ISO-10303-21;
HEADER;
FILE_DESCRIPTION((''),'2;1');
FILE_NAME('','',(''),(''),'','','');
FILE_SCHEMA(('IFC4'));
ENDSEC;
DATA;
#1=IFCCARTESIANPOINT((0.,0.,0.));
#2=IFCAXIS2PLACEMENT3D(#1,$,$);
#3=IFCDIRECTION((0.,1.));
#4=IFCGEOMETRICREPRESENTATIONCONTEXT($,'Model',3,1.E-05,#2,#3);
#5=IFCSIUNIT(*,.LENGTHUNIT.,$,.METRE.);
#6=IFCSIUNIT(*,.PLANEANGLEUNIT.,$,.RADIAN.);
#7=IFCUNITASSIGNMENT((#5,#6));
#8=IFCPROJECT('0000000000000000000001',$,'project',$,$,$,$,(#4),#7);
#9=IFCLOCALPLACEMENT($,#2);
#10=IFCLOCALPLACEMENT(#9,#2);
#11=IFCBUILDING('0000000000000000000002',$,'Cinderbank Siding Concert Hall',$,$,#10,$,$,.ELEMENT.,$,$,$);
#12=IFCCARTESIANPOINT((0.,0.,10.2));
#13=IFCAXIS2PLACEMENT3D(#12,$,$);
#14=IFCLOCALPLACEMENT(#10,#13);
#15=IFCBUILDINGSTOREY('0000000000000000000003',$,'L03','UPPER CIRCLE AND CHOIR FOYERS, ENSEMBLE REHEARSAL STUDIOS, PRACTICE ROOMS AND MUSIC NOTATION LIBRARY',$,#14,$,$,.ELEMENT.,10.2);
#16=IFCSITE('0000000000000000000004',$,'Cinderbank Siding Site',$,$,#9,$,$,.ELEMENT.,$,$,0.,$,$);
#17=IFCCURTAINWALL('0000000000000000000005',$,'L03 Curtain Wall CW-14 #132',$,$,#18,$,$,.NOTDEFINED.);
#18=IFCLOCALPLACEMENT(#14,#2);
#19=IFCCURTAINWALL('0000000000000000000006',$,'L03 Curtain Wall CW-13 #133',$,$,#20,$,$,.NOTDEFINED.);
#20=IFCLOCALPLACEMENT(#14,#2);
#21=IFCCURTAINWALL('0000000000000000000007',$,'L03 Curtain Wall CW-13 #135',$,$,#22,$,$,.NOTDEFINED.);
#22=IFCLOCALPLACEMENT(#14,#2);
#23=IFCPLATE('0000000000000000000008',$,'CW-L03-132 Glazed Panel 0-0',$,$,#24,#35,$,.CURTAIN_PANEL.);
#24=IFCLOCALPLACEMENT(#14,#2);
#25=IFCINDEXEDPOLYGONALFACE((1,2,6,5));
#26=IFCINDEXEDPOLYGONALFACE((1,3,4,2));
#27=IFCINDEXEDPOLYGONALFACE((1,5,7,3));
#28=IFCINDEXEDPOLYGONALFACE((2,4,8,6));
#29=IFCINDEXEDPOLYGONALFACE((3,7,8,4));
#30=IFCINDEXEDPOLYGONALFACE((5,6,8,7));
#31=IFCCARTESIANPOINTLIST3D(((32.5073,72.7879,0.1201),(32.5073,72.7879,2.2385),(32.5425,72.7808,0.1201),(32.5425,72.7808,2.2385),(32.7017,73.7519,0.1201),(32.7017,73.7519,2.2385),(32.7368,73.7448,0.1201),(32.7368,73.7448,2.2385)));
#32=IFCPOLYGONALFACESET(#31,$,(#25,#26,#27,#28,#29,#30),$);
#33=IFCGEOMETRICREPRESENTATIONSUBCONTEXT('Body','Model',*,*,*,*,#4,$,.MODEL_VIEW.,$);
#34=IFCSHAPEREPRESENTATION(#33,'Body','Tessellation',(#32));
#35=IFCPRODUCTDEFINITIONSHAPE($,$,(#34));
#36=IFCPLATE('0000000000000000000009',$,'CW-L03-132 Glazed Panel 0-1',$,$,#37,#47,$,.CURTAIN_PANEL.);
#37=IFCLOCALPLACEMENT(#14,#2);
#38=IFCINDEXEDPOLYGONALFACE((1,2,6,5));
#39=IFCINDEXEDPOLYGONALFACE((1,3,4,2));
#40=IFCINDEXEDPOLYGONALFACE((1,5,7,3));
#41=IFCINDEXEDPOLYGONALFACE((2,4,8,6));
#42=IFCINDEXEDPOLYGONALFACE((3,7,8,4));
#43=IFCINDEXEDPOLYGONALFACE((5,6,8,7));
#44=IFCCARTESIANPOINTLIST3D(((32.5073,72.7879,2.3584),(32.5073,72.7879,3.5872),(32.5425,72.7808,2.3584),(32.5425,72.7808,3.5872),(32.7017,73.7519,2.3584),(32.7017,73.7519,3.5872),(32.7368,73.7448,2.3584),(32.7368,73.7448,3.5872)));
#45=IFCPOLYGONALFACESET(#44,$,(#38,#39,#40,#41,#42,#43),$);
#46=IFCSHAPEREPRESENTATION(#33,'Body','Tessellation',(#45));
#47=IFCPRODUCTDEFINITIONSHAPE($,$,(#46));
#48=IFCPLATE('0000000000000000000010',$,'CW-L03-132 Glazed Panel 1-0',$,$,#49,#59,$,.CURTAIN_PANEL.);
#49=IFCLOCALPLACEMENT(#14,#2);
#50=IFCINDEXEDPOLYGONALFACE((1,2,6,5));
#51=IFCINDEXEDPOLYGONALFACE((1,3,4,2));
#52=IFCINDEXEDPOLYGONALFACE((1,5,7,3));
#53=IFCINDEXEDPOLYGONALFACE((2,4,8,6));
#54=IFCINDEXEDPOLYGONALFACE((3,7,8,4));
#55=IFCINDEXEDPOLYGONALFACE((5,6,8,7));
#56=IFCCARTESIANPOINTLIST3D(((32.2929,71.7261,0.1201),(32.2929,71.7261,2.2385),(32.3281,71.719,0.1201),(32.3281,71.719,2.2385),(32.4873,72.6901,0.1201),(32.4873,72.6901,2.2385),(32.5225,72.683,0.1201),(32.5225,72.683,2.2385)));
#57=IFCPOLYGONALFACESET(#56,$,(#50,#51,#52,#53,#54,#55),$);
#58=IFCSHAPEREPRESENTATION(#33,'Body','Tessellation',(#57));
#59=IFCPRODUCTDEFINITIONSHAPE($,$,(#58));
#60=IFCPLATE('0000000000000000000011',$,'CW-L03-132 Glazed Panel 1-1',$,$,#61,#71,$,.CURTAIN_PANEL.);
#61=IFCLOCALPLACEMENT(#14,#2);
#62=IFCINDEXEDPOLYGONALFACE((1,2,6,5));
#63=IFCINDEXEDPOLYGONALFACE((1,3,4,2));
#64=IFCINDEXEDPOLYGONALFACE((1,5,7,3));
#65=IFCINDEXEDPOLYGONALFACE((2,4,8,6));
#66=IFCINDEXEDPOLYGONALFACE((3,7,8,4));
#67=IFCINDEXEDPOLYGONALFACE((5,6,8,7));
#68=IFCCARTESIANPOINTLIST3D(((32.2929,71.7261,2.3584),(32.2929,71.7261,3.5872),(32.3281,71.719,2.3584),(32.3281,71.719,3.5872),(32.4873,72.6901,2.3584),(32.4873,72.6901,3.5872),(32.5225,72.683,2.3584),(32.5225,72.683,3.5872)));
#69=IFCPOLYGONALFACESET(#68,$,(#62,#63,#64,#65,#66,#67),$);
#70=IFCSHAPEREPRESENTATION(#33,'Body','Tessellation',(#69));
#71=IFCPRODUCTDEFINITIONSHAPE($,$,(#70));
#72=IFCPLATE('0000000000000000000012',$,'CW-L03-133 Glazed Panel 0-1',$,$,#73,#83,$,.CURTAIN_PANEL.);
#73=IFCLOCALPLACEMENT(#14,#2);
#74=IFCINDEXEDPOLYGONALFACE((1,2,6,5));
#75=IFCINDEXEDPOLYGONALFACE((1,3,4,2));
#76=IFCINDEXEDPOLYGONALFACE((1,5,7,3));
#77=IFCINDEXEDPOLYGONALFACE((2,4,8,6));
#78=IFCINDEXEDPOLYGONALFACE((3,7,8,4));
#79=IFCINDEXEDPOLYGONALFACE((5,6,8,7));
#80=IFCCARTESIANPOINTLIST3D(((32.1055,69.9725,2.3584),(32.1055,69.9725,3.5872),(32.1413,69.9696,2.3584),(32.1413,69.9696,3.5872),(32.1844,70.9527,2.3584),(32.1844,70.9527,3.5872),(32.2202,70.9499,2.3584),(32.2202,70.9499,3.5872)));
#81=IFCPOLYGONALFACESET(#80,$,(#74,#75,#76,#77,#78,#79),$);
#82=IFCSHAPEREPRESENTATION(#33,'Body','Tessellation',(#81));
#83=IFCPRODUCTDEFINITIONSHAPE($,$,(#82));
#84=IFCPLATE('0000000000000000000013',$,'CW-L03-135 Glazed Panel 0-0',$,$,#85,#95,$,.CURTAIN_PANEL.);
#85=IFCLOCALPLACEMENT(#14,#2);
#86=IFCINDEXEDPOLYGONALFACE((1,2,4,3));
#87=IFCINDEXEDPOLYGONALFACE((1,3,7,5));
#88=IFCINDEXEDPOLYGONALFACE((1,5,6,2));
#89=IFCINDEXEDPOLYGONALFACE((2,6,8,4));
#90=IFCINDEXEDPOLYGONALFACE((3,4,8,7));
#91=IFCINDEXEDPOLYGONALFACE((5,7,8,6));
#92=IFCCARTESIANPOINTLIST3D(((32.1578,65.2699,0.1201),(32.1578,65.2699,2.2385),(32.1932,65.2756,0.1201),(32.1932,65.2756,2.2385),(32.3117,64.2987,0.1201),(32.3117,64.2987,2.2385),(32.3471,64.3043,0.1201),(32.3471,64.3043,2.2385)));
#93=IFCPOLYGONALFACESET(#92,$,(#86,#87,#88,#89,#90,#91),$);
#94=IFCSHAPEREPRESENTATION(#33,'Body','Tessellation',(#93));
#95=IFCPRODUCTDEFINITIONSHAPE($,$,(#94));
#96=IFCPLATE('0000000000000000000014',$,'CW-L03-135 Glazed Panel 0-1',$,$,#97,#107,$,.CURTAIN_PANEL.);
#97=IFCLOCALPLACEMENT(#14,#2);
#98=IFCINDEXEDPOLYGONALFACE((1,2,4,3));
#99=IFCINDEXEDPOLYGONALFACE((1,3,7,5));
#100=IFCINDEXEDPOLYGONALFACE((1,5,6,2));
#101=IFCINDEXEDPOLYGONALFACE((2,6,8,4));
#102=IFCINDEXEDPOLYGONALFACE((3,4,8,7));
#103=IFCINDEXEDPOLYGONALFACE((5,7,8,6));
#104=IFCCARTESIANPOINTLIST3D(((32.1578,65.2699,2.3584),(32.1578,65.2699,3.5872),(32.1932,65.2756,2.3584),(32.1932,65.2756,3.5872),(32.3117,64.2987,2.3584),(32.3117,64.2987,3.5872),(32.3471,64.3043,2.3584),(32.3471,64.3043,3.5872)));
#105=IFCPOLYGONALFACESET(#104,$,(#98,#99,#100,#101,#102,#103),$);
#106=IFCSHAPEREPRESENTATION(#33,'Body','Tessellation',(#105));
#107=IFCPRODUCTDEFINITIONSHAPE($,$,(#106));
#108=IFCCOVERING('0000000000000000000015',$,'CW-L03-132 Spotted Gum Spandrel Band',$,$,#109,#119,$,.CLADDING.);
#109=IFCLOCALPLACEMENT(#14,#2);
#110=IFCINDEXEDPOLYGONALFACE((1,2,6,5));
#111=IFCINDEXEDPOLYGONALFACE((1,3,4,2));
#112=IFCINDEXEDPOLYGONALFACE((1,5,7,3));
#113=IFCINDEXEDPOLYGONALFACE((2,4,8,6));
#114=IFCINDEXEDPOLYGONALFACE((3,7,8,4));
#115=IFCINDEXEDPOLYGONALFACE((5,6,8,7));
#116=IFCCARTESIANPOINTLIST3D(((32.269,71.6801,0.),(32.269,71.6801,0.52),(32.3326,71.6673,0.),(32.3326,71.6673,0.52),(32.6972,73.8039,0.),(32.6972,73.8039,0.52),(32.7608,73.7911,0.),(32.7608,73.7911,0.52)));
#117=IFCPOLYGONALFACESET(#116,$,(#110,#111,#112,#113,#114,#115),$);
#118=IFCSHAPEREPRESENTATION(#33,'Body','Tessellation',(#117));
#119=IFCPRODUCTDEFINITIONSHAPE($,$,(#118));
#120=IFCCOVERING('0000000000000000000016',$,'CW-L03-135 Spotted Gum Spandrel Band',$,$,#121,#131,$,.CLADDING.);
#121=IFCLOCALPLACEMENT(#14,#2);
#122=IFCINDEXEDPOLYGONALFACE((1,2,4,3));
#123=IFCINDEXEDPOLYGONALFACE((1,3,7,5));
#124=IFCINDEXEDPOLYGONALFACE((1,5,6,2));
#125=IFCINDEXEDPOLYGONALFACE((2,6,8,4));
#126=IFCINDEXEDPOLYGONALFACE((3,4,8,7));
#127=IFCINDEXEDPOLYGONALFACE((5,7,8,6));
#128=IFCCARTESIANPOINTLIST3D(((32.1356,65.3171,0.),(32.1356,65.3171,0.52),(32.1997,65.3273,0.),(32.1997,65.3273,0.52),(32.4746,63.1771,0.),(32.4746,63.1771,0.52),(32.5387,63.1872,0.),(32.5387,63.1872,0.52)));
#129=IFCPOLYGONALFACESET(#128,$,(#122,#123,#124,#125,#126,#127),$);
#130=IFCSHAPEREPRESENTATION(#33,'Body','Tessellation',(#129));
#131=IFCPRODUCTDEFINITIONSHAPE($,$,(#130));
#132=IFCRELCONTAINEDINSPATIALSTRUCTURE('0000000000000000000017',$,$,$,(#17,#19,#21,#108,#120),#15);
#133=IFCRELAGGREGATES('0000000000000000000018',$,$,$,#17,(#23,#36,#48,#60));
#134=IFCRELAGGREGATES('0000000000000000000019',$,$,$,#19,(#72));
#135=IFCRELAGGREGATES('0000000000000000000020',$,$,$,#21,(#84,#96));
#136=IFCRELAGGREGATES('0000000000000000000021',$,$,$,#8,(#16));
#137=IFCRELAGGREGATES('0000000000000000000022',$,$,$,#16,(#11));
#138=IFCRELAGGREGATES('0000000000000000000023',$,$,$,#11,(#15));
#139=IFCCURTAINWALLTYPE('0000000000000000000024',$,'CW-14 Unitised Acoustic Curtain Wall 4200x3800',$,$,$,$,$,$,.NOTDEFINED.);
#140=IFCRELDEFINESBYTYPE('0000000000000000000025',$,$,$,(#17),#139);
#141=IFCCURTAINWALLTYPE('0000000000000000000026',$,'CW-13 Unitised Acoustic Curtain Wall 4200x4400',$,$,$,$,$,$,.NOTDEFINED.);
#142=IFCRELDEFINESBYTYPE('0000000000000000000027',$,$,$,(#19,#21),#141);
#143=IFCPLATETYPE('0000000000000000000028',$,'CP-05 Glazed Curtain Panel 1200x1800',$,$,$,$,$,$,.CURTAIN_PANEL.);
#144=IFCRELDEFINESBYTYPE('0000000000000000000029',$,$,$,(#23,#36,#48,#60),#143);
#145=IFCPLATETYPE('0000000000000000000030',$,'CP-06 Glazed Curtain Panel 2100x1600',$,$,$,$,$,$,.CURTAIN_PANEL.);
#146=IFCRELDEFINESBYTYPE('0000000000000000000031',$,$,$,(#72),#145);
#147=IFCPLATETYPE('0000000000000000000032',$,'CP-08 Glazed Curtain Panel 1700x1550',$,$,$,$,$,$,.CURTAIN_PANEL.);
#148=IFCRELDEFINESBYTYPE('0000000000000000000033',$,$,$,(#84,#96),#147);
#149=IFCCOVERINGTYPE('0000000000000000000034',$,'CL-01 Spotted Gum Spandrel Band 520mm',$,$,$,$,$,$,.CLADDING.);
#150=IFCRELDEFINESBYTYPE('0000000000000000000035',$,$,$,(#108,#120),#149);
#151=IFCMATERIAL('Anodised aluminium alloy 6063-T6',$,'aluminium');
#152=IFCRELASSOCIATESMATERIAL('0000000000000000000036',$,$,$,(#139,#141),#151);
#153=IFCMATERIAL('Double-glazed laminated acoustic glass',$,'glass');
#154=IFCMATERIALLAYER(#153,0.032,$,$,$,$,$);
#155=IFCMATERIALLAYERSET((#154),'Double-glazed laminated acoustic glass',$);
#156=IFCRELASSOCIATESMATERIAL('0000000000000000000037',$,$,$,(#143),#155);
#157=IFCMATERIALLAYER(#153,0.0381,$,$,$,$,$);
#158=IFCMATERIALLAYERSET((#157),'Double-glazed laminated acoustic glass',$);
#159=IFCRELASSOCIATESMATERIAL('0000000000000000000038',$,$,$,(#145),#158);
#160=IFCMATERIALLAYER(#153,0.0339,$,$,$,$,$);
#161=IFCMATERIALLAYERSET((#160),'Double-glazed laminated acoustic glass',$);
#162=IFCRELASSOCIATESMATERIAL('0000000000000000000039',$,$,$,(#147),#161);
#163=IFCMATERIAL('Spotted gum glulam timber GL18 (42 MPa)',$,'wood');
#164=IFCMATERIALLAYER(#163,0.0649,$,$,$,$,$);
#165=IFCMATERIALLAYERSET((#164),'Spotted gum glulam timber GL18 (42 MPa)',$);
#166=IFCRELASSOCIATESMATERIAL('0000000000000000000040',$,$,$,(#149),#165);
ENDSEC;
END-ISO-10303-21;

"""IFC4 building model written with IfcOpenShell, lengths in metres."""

from ifc_helpers import new_model, si_unit, direction, frame, origin, origin_2d, place, context, subcontext, project, spatial, rectangle, extrude, material, layer, layer_set, type_object, element, aggregate, save


model = new_model("IFC4")

# Units and contexts
model_context = context("Model", 3, precision=1e-05, world=origin(), true_north=direction((0.0, 1.0)))
body_context = subcontext(model_context, "Body", "Model", "MODEL_VIEW")
ifc_project = project(units=[si_unit("LENGTHUNIT", "METRE"), si_unit("PLANEANGLEUNIT", "RADIAN")], contexts=[model_context])

# Site, building, storey
site_placement = place(None, origin())
site = spatial("IfcSite", under=ifc_project, at=site_placement, Name="Cinderbank Siding Site", CompositionType="ELEMENT", RefElevation=0.0)
building_placement = place(site_placement, origin())
building = spatial("IfcBuilding", under=site, at=building_placement, Name="Cinderbank Siding Concert Hall", CompositionType="ELEMENT")
storey_placement = place(building_placement, frame((0.0, 0.0, 10.2)))
storey = spatial("IfcBuildingStorey", under=building, at=storey_placement, Name="L03", Description="UPPER CIRCLE AND CHOIR FOYERS, ENSEMBLE REHEARSAL STUDIOS, PRACTICE ROOMS AND MUSIC NOTATION LIBRARY", CompositionType="ELEMENT", Elevation=10.2)

# Curtain wall
ifc_material_1 = material(Name="Anodised aluminium alloy 6063-T6", Category="aluminium")
curtain_wall_type_1 = type_object("IfcCurtainWallType", Name="CW-14 Unitised Acoustic Curtain Wall 4200x3800", PredefinedType="NOTDEFINED", material=ifc_material_1)
curtain_wall_1_placement = place(storey_placement, origin())
curtain_wall_1 = element("IfcCurtainWall", 1, at=curtain_wall_1_placement, inside=storey, type_object=curtain_wall_type_1, Name="L03 Curtain Wall CW-14 #132", PredefinedType="NOTDEFINED")

# Curtain wall
curtain_wall_type_2 = type_object("IfcCurtainWallType", Name="CW-13 Unitised Acoustic Curtain Wall 4200x4400", PredefinedType="NOTDEFINED", material=ifc_material_1)
curtain_wall_2_placement = place(storey_placement, origin())
curtain_wall_2 = element("IfcCurtainWall", 2, at=curtain_wall_2_placement, inside=storey, type_object=curtain_wall_type_2, Name="L03 Curtain Wall CW-13 #133", PredefinedType="NOTDEFINED")

# Curtain wall
curtain_wall_3_placement = place(storey_placement, origin())
curtain_wall_3 = element("IfcCurtainWall", 3, at=curtain_wall_3_placement, inside=storey, type_object=curtain_wall_type_2, Name="L03 Curtain Wall CW-13 #135", PredefinedType="NOTDEFINED")

# Shared definitions
ifc_material_2 = material(Name="Spotted gum glulam timber GL18 (42 MPa)", Category="wood")

# Plates
ifc_material_3 = material(Name="Double-glazed laminated acoustic glass", Category="glass")
ifc_layer_1 = layer(ifc_material_3, 0.032)
ifc_layer_set_1 = layer_set([ifc_layer_1], Name="Double-glazed laminated acoustic glass")
plate_type_1 = type_object("IfcPlateType", Name="CP-05 Glazed Curtain Panel 1200x1800", PredefinedType="CURTAIN_PANEL", material=ifc_layer_set_1)
plate_1_placement = place(storey_placement, frame((32.6221, 73.2664, 0.1201), z_axis=(0.0, 0.0, 1.0), x_axis=(-0.197636, -0.980275, 0.0)))
plate_1 = element("IfcPlate", 4, at=plate_1_placement, type_object=plate_type_1, Name="CW-L03-132 Glazed Panel 0-0", PredefinedType="CURTAIN_PANEL", context=body_context, shape_type="SweptSolid", body=[
    extrude(rectangle(XDim=0.9834, YDim=0.0359, at=origin_2d()), origin(), (0.0, 0.0, 1.0), 2.1184),
])
plate_2_placement = place(storey_placement, frame((32.6221, 73.2664, 2.3584), z_axis=(0.0, 0.0, 1.0), x_axis=(-0.197636, -0.980275, 0.0)))
plate_2 = element("IfcPlate", 5, at=plate_2_placement, type_object=plate_type_1, Name="CW-L03-132 Glazed Panel 0-1", PredefinedType="CURTAIN_PANEL", context=body_context, shape_type="SweptSolid", body=[
    extrude(rectangle(XDim=0.9834, YDim=0.0359, at=origin_2d()), origin(), (0.0, 0.0, 1.0), 1.2288),
])
plate_3_placement = place(storey_placement, frame((32.4077, 72.2046, 0.1201), z_axis=(0.0, 0.0, 1.0), x_axis=(-0.197636, -0.980275, 0.0)))
plate_3 = element("IfcPlate", 6, at=plate_3_placement, type_object=plate_type_1, Name="CW-L03-132 Glazed Panel 1-0", PredefinedType="CURTAIN_PANEL", context=body_context, shape_type="SweptSolid", body=[
    extrude(rectangle(XDim=0.9834, YDim=0.0359, at=origin_2d()), origin(), (0.0, 0.0, 1.0), 2.1184),
])
plate_4_placement = place(storey_placement, frame((32.4077, 72.2046, 2.3584), z_axis=(0.0, 0.0, 1.0), x_axis=(-0.197636, -0.980275, 0.0)))
plate_4 = element("IfcPlate", 7, at=plate_4_placement, type_object=plate_type_1, Name="CW-L03-132 Glazed Panel 1-1", PredefinedType="CURTAIN_PANEL", context=body_context, shape_type="SweptSolid", body=[
    extrude(rectangle(XDim=0.9834, YDim=0.0359, at=origin_2d()), origin(), (0.0, 0.0, 1.0), 1.2288),
])
aggregate(curtain_wall_1, [plate_1, plate_2, plate_3, plate_4])
ifc_layer_2 = layer(ifc_material_3, 0.0381)
ifc_layer_set_2 = layer_set([ifc_layer_2], Name="Double-glazed laminated acoustic glass")
plate_type_2 = type_object("IfcPlateType", Name="CP-06 Glazed Curtain Panel 2100x1600", PredefinedType="CURTAIN_PANEL", material=ifc_layer_set_2)
plate_5_placement = place(storey_placement, frame((32.1628, 70.4612, 2.3584), z_axis=(0.0, 0.0, 1.0), x_axis=(-0.080196, -0.996779, 0.0)))
plate_5 = element("IfcPlate", 8, at=plate_5_placement, type_object=plate_type_2, Name="CW-L03-133 Glazed Panel 0-1", PredefinedType="CURTAIN_PANEL", context=body_context, shape_type="SweptSolid", body=[
    extrude(rectangle(XDim=0.9834, YDim=0.0359, at=origin_2d()), origin(), (0.0, 0.0, 1.0), 1.2288),
])
aggregate(curtain_wall_2, [plate_5])
ifc_layer_3 = layer(ifc_material_3, 0.0339)
ifc_layer_set_3 = layer_set([ifc_layer_3], Name="Double-glazed laminated acoustic glass")
plate_type_3 = type_object("IfcPlateType", Name="CP-08 Glazed Curtain Panel 1700x1550", PredefinedType="CURTAIN_PANEL", material=ifc_layer_set_3)
plate_6_placement = place(storey_placement, frame((32.2524, 64.7871, 0.1201), z_axis=(0.0, 0.0, 1.0), x_axis=(0.156464, -0.987684, 0.0)))
plate_6 = element("IfcPlate", 9, at=plate_6_placement, type_object=plate_type_3, Name="CW-L03-135 Glazed Panel 0-0", PredefinedType="CURTAIN_PANEL", context=body_context, shape_type="SweptSolid", body=[
    extrude(rectangle(XDim=0.9834, YDim=0.0359, at=origin_2d()), origin(), (0.0, 0.0, 1.0), 2.1184),
])
plate_7_placement = place(storey_placement, frame((32.2524, 64.7871, 2.3584), z_axis=(0.0, 0.0, 1.0), x_axis=(0.156464, -0.987684, 0.0)))
plate_7 = element("IfcPlate", 10, at=plate_7_placement, type_object=plate_type_3, Name="CW-L03-135 Glazed Panel 0-1", PredefinedType="CURTAIN_PANEL", context=body_context, shape_type="SweptSolid", body=[
    extrude(rectangle(XDim=0.9834, YDim=0.0359, at=origin_2d()), origin(), (0.0, 0.0, 1.0), 1.2288),
])
aggregate(curtain_wall_3, [plate_6, plate_7])

# Coverings
ifc_layer_4 = layer(ifc_material_2, 0.0649)
ifc_layer_set_4 = layer_set([ifc_layer_4], Name="Spotted gum glulam timber GL18 (42 MPa)")
covering_type = type_object("IfcCoveringType", Name="CL-01 Spotted Gum Spandrel Band 520mm", PredefinedType="CLADDING", material=ifc_layer_set_4)
covering_1_placement = place(storey_placement, frame((32.5149, 72.7356, 0.0), z_axis=(0.0, 0.0, 1.0), x_axis=(-0.197636, -0.980275, 0.0)))
element("IfcCovering", 11, at=covering_1_placement, inside=storey, type_object=covering_type, Name="CW-L03-132 Spotted Gum Spandrel Band", PredefinedType="CLADDING", context=body_context, shape_type="SweptSolid", body=[
    extrude(rectangle(XDim=2.1665, YDim=0.0649, at=origin_2d()), origin(), (0.0, 0.0, 1.0), 0.52),
])
covering_2_placement = place(storey_placement, frame((32.3372, 64.2522, 0.0), z_axis=(0.0, 0.0, 1.0), x_axis=(0.156464, -0.987684, 0.0)))
element("IfcCovering", 12, at=covering_2_placement, inside=storey, type_object=covering_type, Name="CW-L03-135 Spotted Gum Spandrel Band", PredefinedType="CLADDING", context=body_context, shape_type="SweptSolid", body=[
    extrude(rectangle(XDim=2.1667, YDim=0.0649, at=origin_2d()), origin(), (0.0, 0.0, 1.0), 0.52),
])

save(model, "model.ifc")
